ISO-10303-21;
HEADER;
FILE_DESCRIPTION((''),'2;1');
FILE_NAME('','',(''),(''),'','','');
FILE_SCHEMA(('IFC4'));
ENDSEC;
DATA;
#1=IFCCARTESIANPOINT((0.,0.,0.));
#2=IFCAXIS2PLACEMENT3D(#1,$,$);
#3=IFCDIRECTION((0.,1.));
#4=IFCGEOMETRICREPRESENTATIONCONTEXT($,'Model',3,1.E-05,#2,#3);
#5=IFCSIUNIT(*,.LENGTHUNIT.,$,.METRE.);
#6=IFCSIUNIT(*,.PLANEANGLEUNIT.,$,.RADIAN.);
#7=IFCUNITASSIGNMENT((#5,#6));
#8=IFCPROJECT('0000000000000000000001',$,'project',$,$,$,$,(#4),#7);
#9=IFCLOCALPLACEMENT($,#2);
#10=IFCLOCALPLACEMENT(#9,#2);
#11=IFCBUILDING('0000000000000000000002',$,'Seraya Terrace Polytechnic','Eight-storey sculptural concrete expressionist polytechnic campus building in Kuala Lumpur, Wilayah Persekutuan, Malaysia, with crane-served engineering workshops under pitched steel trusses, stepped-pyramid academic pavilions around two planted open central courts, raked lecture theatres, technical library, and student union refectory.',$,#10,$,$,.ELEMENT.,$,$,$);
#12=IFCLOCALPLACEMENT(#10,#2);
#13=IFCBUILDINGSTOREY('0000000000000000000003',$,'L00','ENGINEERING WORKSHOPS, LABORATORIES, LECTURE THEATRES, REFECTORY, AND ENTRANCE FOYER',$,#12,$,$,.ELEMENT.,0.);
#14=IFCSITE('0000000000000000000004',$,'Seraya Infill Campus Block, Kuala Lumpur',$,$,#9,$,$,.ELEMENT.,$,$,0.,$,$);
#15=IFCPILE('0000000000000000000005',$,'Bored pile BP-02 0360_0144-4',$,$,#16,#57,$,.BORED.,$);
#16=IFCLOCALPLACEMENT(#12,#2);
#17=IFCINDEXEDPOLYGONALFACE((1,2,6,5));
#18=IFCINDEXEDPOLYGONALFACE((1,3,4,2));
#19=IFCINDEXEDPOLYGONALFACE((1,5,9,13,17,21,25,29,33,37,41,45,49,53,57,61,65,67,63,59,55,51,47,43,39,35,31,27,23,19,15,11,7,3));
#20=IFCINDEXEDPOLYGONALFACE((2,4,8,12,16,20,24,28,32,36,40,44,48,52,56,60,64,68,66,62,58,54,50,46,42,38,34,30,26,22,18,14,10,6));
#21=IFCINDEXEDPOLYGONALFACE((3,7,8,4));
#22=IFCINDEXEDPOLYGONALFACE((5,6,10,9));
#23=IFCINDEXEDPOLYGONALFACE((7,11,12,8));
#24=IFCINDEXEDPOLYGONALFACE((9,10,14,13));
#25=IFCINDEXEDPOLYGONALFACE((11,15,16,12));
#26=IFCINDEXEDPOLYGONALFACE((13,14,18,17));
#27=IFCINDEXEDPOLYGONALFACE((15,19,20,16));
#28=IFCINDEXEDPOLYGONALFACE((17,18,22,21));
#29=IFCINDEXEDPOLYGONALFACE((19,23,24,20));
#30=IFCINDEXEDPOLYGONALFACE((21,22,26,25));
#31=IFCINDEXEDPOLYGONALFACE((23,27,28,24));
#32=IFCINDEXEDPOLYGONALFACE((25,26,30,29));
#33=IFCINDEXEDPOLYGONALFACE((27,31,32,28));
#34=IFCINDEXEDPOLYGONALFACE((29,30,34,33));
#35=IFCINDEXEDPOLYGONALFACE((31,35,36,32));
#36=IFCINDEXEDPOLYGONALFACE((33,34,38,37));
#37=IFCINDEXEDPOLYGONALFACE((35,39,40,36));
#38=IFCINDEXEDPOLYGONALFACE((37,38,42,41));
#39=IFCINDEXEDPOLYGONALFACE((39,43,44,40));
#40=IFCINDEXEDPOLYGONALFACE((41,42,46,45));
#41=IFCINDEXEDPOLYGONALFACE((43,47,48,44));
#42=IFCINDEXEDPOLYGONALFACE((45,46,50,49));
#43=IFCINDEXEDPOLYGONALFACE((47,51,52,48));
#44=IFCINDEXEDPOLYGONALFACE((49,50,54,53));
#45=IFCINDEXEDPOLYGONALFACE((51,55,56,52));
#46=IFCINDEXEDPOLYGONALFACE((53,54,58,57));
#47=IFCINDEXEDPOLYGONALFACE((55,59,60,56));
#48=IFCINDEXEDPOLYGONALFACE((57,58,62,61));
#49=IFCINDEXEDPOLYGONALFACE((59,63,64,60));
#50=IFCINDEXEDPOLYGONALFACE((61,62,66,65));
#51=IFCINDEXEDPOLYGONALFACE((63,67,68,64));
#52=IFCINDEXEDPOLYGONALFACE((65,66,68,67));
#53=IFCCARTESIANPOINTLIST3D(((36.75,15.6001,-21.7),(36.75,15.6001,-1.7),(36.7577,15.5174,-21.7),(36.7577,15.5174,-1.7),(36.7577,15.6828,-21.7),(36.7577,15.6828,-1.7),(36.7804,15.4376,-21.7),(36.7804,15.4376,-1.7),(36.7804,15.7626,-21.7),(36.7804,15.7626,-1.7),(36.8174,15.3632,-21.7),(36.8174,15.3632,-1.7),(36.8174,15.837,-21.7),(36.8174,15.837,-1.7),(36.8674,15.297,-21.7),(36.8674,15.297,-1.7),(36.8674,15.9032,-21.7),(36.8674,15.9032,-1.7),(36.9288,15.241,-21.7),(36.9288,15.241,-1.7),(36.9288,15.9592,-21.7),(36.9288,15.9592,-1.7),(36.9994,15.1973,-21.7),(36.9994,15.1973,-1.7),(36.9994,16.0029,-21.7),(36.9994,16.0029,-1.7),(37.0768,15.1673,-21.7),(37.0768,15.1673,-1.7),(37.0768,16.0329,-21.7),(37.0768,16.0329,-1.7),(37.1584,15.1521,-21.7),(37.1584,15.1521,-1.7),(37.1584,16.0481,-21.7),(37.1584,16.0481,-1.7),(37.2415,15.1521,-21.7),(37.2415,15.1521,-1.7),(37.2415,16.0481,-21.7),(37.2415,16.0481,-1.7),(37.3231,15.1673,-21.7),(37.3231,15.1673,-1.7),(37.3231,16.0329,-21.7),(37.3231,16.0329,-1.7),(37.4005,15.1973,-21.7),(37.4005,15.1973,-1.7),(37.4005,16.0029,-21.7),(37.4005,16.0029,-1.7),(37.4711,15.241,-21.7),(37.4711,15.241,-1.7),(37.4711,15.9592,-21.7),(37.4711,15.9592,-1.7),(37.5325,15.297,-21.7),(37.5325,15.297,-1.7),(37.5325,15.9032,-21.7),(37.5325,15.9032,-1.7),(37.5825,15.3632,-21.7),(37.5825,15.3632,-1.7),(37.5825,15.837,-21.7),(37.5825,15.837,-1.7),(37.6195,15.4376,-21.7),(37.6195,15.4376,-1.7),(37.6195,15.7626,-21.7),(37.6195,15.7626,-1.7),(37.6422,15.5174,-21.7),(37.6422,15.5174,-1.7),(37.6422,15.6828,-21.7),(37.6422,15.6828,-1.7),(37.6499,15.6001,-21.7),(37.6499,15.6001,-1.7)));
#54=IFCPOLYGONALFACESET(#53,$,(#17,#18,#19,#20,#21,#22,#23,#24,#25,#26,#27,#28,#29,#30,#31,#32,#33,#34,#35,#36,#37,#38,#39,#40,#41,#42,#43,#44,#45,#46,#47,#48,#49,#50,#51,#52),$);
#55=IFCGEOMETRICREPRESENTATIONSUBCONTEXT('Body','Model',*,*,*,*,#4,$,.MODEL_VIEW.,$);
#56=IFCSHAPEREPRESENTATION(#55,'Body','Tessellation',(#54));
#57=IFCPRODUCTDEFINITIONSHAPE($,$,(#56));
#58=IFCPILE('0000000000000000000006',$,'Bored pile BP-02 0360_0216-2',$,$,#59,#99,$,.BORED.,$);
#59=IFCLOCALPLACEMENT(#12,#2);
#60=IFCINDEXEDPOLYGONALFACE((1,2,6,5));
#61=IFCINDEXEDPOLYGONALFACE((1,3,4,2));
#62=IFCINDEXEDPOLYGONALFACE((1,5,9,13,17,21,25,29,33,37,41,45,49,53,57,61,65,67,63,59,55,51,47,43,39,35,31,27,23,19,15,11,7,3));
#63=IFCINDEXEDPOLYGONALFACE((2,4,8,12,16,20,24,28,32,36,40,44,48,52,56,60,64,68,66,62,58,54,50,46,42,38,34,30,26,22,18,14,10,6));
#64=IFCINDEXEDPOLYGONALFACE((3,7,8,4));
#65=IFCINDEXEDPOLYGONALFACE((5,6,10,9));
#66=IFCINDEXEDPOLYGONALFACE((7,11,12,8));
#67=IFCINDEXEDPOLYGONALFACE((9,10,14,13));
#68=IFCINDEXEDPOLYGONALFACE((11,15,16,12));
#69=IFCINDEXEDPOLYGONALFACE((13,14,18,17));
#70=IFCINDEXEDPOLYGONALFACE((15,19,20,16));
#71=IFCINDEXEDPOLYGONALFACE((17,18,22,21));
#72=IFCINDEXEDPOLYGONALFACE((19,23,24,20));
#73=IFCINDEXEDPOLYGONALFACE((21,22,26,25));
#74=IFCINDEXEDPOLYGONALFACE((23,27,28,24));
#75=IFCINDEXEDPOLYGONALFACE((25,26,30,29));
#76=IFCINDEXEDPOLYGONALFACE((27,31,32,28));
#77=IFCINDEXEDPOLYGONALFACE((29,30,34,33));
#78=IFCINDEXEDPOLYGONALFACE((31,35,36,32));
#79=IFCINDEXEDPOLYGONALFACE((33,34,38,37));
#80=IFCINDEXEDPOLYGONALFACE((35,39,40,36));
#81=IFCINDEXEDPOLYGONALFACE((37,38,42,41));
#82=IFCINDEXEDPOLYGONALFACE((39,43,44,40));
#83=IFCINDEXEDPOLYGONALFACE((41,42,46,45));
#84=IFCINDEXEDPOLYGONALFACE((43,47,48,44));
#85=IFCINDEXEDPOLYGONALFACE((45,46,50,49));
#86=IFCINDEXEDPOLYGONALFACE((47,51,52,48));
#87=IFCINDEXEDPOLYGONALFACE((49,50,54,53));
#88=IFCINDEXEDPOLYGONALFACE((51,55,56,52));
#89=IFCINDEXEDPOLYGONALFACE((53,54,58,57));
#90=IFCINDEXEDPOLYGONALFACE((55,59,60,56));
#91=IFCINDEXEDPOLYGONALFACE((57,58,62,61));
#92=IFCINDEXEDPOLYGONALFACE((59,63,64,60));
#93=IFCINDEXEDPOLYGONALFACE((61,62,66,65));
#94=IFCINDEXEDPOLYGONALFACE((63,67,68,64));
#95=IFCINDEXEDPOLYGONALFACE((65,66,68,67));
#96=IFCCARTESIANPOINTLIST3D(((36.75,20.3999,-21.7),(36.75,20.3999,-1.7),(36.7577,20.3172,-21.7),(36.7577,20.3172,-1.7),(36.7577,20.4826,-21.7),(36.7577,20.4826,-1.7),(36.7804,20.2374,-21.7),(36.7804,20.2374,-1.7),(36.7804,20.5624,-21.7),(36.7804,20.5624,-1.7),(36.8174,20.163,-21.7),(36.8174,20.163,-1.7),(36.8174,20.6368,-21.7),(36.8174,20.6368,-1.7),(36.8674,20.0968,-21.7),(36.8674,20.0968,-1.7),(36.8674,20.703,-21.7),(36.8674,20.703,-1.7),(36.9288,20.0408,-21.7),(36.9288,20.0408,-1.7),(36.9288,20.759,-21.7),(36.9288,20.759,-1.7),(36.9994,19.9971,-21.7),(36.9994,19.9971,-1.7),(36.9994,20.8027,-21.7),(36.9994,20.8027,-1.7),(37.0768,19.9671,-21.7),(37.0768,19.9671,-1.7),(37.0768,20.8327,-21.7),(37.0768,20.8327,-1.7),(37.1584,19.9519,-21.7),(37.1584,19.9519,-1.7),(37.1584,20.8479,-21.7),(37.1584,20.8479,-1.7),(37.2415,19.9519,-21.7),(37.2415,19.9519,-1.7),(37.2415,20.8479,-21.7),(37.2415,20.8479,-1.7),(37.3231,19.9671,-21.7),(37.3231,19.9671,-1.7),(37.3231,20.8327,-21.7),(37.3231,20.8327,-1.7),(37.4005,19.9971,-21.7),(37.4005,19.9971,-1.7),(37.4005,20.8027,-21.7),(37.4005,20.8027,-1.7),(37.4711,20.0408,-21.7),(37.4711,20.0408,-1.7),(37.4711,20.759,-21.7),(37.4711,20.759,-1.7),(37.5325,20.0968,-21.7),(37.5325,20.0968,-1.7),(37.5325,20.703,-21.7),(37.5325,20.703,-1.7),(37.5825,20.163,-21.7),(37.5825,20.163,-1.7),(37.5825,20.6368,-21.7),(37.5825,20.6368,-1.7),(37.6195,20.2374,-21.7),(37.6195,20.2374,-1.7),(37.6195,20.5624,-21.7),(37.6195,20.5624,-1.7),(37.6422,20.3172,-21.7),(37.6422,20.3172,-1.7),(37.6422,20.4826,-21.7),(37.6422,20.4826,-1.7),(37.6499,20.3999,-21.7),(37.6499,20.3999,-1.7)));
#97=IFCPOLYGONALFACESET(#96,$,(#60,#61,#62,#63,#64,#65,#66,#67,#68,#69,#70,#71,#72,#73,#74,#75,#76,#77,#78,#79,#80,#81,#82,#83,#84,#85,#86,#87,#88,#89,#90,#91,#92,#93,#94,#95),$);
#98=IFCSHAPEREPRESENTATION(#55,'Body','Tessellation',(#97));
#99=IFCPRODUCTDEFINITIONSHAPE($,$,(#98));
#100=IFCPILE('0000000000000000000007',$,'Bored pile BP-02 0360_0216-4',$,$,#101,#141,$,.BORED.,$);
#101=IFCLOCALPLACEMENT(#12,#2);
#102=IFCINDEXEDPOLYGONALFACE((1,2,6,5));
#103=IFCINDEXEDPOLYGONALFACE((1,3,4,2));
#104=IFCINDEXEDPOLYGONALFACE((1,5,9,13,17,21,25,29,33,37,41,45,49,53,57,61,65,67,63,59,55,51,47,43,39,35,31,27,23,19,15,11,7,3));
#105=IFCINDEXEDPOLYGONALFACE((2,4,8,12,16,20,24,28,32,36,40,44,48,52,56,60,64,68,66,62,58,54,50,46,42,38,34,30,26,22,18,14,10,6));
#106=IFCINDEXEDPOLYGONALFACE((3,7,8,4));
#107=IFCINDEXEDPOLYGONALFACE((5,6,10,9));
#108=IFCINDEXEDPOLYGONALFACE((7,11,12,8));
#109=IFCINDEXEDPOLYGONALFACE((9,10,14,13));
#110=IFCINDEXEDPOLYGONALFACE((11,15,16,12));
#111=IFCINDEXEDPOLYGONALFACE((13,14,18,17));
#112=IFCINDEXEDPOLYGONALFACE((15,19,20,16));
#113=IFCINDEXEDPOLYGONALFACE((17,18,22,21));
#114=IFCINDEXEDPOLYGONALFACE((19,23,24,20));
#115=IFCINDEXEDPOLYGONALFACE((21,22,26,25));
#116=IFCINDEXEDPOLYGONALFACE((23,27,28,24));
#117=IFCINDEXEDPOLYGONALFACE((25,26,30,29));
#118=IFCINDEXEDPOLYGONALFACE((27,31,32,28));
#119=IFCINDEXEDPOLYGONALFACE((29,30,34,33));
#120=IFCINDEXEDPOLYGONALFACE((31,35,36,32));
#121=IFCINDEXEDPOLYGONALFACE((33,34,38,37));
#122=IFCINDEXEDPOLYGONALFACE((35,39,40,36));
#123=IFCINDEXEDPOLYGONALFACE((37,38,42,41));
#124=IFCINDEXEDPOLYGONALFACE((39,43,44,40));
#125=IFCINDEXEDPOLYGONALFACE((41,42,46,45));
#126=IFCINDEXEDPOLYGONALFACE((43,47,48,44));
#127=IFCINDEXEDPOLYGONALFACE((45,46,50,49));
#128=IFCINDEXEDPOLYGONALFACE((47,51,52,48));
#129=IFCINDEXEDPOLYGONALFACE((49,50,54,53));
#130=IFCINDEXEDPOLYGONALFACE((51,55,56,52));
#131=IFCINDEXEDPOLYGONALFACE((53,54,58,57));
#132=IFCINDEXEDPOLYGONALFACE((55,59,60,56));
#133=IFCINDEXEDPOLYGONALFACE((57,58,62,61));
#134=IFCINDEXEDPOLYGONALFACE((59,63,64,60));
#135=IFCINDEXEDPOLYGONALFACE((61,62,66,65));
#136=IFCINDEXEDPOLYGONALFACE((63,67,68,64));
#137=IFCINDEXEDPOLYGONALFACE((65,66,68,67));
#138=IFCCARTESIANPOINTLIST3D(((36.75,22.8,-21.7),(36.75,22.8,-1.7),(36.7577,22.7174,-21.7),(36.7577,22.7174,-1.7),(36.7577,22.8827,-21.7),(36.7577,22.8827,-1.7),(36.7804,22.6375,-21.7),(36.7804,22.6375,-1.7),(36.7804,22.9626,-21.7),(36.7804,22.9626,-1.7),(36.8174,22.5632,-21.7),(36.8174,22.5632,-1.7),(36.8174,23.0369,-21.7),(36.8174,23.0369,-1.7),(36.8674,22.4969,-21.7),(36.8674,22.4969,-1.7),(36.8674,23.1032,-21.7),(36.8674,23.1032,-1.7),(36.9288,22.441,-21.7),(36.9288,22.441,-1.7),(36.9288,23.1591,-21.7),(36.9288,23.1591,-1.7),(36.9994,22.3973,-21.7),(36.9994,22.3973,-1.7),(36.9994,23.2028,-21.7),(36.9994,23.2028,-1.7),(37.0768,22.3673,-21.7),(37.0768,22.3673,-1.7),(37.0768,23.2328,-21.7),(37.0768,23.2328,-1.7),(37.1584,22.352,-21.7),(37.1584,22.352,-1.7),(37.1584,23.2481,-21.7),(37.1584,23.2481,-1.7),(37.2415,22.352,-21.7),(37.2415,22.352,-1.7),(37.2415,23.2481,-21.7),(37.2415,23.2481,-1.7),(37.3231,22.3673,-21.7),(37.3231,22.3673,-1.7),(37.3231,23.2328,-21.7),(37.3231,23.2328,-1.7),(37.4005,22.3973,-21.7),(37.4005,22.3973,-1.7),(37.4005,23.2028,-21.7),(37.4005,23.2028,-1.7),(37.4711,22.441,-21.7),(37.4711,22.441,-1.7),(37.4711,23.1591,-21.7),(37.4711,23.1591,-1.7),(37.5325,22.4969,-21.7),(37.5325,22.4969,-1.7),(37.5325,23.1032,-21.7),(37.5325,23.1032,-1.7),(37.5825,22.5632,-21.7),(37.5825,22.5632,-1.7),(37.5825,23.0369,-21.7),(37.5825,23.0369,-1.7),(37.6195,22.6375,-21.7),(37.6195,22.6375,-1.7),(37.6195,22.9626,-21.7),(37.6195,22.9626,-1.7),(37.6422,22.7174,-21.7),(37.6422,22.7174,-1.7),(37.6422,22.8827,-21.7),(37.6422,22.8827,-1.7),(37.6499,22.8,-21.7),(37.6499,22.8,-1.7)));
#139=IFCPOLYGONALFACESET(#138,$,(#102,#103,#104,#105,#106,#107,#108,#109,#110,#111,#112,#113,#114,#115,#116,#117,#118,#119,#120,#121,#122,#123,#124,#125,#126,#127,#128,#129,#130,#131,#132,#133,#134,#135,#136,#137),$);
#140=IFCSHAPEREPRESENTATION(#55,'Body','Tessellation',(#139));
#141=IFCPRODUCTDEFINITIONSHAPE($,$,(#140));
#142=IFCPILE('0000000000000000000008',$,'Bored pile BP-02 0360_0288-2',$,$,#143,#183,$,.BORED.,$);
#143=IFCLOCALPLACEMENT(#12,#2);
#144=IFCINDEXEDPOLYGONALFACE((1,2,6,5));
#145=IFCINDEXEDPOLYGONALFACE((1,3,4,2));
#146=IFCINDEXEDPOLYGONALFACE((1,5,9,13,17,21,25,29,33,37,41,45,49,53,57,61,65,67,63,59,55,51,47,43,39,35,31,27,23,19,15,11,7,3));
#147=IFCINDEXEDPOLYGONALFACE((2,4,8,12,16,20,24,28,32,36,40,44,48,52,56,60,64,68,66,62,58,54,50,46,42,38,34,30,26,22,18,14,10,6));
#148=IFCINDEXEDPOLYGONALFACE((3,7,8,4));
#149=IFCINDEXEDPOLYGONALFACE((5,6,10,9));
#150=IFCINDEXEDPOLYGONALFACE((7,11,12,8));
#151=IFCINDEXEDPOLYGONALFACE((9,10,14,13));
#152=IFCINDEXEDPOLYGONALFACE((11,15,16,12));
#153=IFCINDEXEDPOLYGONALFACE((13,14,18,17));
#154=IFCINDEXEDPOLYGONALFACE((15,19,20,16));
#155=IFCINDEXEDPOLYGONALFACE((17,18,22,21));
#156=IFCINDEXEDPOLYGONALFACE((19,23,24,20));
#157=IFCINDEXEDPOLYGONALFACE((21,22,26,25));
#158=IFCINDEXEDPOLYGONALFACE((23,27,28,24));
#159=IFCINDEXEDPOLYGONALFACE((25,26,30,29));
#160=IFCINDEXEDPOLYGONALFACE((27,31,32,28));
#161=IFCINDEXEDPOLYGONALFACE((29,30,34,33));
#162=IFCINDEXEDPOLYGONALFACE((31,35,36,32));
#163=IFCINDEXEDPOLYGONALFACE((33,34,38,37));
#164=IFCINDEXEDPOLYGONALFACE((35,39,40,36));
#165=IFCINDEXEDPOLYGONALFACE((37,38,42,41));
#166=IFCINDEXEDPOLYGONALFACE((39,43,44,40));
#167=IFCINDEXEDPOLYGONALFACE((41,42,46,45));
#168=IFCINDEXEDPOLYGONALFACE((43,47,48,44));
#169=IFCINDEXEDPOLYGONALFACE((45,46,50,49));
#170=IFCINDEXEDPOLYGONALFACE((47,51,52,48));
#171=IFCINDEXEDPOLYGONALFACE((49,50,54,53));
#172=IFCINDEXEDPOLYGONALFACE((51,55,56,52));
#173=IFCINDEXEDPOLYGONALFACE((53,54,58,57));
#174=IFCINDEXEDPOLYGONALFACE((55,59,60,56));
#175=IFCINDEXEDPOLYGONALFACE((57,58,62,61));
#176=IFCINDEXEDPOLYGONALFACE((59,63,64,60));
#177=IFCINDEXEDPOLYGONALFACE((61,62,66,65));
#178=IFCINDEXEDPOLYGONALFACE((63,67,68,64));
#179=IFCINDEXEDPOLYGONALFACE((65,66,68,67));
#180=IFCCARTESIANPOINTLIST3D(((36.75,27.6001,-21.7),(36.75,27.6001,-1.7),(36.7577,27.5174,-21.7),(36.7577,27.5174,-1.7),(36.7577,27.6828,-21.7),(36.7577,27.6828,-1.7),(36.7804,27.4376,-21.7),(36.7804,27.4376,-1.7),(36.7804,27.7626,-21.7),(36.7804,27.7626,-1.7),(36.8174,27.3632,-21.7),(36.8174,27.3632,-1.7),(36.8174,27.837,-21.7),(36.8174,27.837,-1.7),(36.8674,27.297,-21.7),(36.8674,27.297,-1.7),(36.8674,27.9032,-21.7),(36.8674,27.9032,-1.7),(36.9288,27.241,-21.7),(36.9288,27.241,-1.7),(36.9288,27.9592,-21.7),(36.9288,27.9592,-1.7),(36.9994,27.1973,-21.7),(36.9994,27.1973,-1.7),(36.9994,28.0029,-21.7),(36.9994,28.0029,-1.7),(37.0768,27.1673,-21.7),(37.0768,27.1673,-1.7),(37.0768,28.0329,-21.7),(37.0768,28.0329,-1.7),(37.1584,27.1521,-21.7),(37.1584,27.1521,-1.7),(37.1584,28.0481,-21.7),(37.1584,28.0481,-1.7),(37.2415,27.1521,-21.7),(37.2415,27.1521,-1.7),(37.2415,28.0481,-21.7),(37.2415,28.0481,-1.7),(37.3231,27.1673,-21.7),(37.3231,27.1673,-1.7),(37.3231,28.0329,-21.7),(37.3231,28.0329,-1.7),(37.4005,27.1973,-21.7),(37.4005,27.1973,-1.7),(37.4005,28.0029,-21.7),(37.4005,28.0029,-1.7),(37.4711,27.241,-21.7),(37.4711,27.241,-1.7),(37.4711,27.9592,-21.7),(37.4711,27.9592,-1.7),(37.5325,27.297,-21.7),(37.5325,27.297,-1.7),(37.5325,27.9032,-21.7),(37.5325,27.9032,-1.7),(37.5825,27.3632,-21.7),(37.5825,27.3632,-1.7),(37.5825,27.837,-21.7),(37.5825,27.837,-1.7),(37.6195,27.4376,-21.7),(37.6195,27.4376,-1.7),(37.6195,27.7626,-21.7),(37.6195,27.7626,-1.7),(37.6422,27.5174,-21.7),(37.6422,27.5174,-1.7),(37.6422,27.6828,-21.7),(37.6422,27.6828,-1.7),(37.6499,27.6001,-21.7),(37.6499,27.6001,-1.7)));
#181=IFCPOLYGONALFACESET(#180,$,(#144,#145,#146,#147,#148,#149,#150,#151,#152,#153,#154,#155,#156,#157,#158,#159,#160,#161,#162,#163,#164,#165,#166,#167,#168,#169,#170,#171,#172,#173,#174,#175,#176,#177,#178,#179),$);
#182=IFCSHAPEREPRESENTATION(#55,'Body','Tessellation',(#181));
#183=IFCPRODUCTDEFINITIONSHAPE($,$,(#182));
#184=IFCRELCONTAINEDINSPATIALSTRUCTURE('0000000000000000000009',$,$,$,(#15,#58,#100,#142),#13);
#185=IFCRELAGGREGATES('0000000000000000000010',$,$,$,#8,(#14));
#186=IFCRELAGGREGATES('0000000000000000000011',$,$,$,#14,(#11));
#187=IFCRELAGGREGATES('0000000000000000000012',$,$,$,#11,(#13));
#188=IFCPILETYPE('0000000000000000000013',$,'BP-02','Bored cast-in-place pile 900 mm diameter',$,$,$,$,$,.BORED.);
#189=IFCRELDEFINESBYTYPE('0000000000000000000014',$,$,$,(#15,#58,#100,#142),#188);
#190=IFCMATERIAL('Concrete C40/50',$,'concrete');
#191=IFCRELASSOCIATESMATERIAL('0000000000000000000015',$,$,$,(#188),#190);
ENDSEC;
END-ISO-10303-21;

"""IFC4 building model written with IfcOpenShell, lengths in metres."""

from ifc_helpers import new_model, si_unit, direction, frame, origin, origin_2d, place, context, subcontext, project, spatial, circle, extrude, material, material_profile, profile_set, type_object, element, save


model = new_model("IFC4")

# Units and contexts
model_context = context("Model", 3, precision=1e-05, world=origin(), true_north=direction((0.0, 1.0)))
body_context = subcontext(model_context, "Body", "Model", "MODEL_VIEW")
ifc_project = project(units=[si_unit("LENGTHUNIT", "METRE"), si_unit("PLANEANGLEUNIT", "RADIAN")], contexts=[model_context])

# Site, building, storey
site_placement = place(None, origin())
site = spatial("IfcSite", under=ifc_project, at=site_placement, Name="Seraya Infill Campus Block, Kuala Lumpur", CompositionType="ELEMENT", RefElevation=0.0)
building_placement = place(site_placement, origin())
building = spatial("IfcBuilding", under=site, at=building_placement, Name="Seraya Terrace Polytechnic", Description="Eight-storey sculptural concrete expressionist polytechnic campus building in Kuala Lumpur, Wilayah Persekutuan, Malaysia, with crane-served engineering workshops under pitched steel trusses, stepped-pyramid academic pavilions around two planted open central courts, raked lecture theatres, technical library, and student union refectory.", CompositionType="ELEMENT")
storey_placement = place(building_placement, origin())
storey = spatial("IfcBuildingStorey", under=building, at=storey_placement, Name="L00", Description="ENGINEERING WORKSHOPS, LABORATORIES, LECTURE THEATRES, REFECTORY, AND ENTRANCE FOYER", CompositionType="ELEMENT", Elevation=0.0)

# Piles
ifc_material_1 = material(Name="Concrete C40/50", Category="concrete")
ifc_material_profile_1 = material_profile(ifc_material_1, circle(Radius=0.45, at=origin_2d()), Name="DIA 900")
ifc_profile_set_1 = profile_set([ifc_material_profile_1], Name="Concrete C40/50")
pile_type_1 = type_object("IfcPileType", Name="BP-02", Description="Bored cast-in-place pile 900 mm diameter", PredefinedType="BORED", material=ifc_profile_set_1)
for number, where, z_axis, x_axis, name in (
    (1, (37.2, 15.6001, -1.7), (0.0, 0.0, -1.0), (1.0, 0.0, 0.0), "Bored pile BP-02 0360_0144-4"),
    (2, (37.2, 20.3999, -1.7), (0.0, 0.0, -1.0), (1.0, 0.0, 0.0), "Bored pile BP-02 0360_0216-2"),
    (3, (37.2, 22.8, -1.7), (0.0, 0.0, -1.0), (1.0, 0.0, 0.0), "Bored pile BP-02 0360_0216-4"),
    (4, (37.2, 27.6001, -1.7), (0.0, 0.0, -1.0), (1.0, 0.0, 0.0), "Bored pile BP-02 0360_0288-2"),
):
    element("IfcPile", number, at=place(storey_placement, frame(where, z_axis=z_axis, x_axis=x_axis)), inside=storey, type_object=pile_type_1, Name=name, PredefinedType="BORED", context=body_context, shape_type="SweptSolid", body=[
        extrude(circle(Radius=0.45, at=origin_2d()), origin(), (0.0, 0.0, 1.0), 20.0),
    ])

save(model, "model.ifc")
